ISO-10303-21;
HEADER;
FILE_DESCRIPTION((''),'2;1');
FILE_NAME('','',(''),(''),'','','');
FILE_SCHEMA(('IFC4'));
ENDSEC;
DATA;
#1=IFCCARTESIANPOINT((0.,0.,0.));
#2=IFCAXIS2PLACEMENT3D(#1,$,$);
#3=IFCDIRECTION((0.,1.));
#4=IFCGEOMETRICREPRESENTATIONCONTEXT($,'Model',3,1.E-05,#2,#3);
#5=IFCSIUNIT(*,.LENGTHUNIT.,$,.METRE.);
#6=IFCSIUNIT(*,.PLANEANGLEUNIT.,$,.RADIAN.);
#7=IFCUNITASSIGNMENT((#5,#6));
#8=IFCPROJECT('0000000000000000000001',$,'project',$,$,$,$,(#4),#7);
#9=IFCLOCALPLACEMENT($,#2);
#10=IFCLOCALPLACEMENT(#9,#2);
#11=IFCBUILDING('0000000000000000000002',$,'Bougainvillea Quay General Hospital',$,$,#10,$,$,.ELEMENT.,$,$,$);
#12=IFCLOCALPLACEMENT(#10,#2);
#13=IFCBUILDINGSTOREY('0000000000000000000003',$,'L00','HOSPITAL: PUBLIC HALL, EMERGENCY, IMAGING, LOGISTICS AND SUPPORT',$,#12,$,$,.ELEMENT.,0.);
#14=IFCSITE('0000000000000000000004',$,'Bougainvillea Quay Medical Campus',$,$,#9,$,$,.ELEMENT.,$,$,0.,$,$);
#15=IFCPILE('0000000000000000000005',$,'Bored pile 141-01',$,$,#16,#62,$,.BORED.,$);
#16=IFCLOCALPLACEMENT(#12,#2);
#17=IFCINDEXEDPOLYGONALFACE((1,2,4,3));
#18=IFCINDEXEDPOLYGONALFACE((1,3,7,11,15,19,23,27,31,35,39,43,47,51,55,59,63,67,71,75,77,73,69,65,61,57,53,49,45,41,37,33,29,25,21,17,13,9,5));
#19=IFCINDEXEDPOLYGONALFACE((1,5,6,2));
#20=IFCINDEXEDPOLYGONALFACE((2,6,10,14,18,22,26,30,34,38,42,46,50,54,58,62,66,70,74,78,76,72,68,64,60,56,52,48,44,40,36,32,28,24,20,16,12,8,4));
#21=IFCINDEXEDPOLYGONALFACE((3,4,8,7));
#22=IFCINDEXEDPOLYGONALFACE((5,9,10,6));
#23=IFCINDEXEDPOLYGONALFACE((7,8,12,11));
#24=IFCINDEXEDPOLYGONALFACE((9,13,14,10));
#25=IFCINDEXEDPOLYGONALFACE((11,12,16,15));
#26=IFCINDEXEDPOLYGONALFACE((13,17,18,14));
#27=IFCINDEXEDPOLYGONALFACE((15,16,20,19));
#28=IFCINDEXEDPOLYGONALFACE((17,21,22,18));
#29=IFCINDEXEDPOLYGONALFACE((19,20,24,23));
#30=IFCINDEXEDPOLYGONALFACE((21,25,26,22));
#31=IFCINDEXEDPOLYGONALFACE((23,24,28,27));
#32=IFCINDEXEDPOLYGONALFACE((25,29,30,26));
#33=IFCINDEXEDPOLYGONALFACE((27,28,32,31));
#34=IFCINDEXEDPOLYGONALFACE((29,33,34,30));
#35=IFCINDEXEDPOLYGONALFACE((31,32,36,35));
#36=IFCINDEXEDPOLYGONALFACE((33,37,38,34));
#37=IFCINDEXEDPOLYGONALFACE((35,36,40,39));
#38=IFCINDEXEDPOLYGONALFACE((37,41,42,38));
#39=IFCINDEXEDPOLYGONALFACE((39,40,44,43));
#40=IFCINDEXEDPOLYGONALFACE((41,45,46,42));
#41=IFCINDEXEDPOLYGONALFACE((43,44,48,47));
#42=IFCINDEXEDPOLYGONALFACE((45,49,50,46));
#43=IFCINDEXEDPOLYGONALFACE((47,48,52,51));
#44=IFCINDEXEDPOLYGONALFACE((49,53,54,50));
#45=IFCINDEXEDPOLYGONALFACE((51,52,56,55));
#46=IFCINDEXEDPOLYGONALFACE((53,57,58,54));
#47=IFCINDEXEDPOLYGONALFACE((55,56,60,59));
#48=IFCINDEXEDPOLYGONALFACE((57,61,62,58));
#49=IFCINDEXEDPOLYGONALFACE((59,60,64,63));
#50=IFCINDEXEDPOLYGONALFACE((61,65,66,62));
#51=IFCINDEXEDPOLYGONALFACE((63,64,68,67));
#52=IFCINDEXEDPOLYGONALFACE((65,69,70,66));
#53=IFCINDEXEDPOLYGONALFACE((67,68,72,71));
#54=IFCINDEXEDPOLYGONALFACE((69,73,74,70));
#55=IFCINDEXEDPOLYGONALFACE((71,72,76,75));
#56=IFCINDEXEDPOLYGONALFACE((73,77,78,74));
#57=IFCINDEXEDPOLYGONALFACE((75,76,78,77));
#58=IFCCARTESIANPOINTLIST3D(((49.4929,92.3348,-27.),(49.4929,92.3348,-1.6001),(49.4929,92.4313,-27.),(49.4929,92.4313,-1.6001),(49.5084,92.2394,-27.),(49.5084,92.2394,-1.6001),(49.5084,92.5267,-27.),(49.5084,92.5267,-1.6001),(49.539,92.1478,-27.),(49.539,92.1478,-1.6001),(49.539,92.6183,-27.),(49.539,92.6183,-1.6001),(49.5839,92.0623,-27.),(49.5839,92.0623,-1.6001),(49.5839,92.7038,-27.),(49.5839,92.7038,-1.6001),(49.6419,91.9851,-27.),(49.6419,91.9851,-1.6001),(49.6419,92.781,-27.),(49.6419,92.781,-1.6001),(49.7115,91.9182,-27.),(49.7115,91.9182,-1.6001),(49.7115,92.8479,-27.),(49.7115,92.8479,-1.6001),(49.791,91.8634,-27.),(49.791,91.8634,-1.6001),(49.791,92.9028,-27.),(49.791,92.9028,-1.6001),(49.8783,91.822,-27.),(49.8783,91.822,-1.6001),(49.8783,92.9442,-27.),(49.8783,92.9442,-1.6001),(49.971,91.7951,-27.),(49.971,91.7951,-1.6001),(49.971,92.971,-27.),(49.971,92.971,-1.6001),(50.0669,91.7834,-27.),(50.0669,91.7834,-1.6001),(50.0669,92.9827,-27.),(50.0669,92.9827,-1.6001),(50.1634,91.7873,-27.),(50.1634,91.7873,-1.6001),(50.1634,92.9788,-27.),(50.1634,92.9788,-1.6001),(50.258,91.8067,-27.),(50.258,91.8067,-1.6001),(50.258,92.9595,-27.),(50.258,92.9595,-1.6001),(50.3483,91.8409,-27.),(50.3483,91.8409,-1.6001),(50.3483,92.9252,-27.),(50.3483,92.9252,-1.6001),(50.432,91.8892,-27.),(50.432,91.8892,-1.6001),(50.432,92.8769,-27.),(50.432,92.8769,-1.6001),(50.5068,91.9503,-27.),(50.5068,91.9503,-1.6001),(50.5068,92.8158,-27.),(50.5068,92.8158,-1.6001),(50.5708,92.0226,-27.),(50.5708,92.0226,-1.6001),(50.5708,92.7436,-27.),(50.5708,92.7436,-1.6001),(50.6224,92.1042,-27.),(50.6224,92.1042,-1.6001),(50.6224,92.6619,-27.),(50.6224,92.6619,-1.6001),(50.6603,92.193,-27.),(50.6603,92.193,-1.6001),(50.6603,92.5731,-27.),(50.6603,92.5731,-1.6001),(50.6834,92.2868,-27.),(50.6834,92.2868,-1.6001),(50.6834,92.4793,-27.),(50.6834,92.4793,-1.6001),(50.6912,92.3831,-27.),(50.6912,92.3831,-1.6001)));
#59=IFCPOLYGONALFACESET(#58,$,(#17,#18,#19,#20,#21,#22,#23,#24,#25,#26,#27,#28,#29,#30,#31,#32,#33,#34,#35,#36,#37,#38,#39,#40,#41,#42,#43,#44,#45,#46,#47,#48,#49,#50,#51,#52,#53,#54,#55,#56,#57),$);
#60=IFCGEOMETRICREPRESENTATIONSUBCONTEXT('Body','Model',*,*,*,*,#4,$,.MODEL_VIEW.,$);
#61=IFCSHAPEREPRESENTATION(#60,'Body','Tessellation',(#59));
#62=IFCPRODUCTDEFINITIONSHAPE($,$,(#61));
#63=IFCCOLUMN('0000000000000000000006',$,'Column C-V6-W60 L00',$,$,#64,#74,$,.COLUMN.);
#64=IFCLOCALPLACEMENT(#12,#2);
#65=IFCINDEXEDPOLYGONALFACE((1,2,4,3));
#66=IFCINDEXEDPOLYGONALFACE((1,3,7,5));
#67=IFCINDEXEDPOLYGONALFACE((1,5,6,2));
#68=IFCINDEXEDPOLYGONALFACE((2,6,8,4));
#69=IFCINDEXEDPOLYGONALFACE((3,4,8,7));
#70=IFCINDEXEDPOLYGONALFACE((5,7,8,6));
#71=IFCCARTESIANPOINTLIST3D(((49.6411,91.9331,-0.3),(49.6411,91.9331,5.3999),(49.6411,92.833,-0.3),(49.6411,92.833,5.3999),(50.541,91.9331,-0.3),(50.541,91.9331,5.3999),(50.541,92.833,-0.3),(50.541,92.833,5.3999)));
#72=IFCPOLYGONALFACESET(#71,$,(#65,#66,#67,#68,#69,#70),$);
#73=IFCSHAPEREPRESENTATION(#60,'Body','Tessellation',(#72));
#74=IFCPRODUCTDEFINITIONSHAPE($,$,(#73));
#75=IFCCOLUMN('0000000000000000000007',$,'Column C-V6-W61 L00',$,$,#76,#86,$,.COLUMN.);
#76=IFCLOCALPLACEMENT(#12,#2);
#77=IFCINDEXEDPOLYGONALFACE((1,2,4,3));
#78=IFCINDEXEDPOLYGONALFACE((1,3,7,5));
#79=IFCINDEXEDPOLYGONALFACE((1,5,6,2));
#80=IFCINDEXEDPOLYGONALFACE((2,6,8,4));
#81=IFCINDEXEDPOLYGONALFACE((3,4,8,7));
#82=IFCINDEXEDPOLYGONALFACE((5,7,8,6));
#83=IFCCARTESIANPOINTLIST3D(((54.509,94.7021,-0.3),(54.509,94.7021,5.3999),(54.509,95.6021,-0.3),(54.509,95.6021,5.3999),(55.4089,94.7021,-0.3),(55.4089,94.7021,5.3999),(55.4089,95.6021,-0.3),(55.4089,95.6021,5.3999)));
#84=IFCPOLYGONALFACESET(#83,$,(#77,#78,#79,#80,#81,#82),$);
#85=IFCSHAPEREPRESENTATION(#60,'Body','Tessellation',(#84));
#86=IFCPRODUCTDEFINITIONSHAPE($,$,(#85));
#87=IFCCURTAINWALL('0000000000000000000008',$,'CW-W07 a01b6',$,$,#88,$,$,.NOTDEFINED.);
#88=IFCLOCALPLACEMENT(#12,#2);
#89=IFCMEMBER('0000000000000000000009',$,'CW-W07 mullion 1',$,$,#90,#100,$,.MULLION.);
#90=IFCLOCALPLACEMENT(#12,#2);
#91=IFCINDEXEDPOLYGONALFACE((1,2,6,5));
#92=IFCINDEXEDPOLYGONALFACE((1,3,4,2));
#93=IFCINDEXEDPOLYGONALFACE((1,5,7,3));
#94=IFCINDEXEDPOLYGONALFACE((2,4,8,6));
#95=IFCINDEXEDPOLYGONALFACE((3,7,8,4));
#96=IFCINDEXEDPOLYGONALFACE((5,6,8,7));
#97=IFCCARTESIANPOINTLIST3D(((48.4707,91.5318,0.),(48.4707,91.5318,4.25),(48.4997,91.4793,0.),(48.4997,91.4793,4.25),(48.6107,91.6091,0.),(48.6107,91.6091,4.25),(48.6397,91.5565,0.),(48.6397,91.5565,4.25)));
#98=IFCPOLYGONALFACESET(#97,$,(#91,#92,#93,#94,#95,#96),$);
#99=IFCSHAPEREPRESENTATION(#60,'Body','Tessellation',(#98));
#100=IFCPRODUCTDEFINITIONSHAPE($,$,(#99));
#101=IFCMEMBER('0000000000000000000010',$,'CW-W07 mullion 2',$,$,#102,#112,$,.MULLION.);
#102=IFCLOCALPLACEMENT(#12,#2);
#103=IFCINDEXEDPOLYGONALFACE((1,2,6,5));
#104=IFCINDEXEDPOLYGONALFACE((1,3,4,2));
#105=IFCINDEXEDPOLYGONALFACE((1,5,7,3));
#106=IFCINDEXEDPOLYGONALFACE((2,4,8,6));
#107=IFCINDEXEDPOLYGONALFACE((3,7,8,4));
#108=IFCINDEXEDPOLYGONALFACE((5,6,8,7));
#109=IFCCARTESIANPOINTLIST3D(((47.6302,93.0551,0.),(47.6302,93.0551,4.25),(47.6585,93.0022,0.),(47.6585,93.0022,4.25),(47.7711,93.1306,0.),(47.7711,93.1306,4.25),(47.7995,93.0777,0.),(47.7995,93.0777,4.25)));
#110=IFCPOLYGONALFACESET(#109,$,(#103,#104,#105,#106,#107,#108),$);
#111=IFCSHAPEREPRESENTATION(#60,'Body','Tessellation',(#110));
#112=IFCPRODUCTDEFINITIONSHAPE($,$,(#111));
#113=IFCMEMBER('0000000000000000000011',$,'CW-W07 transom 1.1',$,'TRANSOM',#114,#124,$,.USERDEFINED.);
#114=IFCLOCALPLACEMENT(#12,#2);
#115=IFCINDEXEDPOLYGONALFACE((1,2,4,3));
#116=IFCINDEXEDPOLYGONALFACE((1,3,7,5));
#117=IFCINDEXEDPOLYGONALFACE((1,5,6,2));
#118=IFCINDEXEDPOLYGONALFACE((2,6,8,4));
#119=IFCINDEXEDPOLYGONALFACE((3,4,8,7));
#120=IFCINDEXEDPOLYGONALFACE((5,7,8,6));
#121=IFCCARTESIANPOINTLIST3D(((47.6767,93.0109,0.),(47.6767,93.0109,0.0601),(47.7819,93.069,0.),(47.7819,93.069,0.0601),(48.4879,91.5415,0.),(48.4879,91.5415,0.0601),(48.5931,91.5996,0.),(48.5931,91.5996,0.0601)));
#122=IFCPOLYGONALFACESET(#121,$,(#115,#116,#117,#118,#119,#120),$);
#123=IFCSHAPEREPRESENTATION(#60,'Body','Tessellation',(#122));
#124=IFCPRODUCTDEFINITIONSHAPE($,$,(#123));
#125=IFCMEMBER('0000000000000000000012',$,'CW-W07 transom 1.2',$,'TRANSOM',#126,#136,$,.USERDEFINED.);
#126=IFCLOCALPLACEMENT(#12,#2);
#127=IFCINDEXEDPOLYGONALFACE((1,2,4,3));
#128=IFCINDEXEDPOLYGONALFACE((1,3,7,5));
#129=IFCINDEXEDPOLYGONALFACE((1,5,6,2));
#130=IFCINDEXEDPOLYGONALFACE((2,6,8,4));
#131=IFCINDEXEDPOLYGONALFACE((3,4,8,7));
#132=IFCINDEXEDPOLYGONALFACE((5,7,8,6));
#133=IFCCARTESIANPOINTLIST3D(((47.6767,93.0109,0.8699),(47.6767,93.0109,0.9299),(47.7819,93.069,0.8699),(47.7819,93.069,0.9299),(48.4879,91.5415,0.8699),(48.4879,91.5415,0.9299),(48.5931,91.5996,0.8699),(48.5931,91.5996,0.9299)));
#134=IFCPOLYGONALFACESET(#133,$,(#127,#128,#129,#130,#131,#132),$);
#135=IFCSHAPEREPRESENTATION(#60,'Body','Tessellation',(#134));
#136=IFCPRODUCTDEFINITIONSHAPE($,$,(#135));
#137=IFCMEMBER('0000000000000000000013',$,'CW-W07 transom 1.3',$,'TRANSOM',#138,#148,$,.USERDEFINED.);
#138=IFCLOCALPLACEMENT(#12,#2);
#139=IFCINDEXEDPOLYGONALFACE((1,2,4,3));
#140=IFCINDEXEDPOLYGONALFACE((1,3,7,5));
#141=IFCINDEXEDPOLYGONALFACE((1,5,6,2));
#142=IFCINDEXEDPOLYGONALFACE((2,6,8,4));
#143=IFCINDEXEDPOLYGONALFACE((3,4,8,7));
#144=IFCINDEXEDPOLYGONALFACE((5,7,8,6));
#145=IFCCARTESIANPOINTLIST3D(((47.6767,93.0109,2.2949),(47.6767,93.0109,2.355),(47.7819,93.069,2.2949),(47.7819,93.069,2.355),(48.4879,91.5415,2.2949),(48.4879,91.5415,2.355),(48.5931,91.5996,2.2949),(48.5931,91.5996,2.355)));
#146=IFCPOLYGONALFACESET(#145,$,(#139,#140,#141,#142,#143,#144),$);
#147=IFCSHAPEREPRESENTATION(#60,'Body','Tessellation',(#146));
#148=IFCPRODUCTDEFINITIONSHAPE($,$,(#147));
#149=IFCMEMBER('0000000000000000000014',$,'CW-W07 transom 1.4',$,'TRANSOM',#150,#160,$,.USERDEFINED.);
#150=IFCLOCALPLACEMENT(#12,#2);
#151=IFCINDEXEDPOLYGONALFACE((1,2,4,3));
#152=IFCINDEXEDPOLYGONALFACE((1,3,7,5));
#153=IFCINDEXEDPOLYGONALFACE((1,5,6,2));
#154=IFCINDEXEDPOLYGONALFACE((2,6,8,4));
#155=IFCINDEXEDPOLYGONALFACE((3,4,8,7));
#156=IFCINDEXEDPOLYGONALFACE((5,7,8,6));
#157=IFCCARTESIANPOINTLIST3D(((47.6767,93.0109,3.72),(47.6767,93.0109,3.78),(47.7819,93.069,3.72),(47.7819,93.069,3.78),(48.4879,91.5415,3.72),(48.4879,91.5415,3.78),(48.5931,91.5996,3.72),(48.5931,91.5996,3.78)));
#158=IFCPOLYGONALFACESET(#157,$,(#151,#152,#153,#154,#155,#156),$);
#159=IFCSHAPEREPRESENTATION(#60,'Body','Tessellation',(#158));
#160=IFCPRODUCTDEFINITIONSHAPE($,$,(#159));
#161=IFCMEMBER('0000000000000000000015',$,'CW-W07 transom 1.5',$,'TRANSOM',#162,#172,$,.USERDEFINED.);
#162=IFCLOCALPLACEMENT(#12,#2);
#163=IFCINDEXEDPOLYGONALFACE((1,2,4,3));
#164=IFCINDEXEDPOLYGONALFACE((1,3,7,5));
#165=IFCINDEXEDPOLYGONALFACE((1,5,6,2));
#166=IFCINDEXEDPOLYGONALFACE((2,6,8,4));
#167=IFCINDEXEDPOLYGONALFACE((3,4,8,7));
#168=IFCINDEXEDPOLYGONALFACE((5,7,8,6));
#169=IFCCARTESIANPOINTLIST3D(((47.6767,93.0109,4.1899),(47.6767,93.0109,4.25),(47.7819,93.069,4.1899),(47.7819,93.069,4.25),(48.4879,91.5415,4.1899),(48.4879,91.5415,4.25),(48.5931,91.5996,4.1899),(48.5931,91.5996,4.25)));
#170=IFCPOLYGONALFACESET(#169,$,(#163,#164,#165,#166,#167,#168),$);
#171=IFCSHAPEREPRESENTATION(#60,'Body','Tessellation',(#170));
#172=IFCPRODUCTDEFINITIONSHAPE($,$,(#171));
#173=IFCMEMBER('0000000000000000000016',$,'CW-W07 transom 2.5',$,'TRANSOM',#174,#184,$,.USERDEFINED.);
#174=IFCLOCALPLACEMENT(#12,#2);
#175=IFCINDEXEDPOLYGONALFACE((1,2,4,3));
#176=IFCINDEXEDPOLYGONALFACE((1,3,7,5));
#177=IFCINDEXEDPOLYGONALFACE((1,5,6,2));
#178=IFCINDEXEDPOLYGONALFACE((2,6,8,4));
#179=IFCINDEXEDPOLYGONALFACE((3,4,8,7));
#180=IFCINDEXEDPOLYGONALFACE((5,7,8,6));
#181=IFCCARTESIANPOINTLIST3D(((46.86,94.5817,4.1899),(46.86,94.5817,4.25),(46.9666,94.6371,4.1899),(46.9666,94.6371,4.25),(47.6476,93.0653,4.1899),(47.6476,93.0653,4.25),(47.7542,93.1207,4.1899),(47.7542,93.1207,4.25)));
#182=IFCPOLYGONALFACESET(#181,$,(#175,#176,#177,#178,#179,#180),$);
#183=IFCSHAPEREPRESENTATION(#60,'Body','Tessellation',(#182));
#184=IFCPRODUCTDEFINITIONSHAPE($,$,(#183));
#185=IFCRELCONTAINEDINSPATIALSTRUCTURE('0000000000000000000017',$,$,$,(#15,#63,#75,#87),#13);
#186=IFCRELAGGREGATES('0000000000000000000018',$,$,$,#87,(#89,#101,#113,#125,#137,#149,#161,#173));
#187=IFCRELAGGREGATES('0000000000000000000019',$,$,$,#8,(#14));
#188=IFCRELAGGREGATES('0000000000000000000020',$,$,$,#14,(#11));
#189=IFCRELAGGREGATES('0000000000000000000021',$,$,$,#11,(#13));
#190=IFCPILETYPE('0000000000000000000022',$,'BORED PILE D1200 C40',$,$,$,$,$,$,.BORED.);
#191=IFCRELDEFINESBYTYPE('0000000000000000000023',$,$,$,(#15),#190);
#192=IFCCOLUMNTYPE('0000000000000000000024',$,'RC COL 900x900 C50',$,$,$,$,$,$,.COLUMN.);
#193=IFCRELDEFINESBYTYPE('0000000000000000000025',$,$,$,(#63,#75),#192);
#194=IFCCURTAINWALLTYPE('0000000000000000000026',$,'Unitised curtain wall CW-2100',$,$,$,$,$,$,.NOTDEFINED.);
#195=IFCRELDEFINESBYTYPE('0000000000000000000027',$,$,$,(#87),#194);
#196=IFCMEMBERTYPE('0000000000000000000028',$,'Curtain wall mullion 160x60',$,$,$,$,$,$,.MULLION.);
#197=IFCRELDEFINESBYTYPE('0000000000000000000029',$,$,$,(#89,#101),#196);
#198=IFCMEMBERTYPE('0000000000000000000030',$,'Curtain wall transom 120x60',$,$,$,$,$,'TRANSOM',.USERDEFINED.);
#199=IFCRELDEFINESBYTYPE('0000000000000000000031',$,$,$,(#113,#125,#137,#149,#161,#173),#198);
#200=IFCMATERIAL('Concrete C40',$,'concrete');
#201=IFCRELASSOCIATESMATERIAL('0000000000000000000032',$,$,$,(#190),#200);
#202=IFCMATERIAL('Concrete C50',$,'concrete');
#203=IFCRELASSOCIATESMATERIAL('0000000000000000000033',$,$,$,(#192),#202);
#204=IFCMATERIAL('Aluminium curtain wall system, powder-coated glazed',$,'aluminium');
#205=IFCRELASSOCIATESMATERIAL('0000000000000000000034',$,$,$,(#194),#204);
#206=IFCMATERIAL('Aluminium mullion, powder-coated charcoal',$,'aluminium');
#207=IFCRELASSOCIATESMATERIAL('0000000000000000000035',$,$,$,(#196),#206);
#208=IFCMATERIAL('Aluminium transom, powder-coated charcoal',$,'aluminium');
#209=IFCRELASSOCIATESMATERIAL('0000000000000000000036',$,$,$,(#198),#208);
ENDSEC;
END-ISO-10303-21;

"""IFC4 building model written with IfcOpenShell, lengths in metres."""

from ifc_helpers import new_model, si_unit, direction, frame, origin, origin_2d, place, context, subcontext, project, spatial, rectangle, circle, extrude, material, material_profile, profile_set, type_object, element, aggregate, save


model = new_model("IFC4")

# Units and contexts
model_context = context("Model", 3, precision=1e-05, world=origin(), true_north=direction((0.0, 1.0)))
body_context = subcontext(model_context, "Body", "Model", "MODEL_VIEW")
ifc_project = project(units=[si_unit("LENGTHUNIT", "METRE"), si_unit("PLANEANGLEUNIT", "RADIAN")], contexts=[model_context])

# Site, building, storey
site_placement = place(None, origin())
site = spatial("IfcSite", under=ifc_project, at=site_placement, Name="Bougainvillea Quay Medical Campus", CompositionType="ELEMENT", RefElevation=0.0)
building_placement = place(site_placement, origin())
building = spatial("IfcBuilding", under=site, at=building_placement, Name="Bougainvillea Quay General Hospital", CompositionType="ELEMENT")
storey_placement = place(building_placement, origin())
storey = spatial("IfcBuildingStorey", under=building, at=storey_placement, Name="L00", Description="HOSPITAL: PUBLIC HALL, EMERGENCY, IMAGING, LOGISTICS AND SUPPORT", CompositionType="ELEMENT", Elevation=0.0)

# Pile
ifc_material_1 = material(Name="Concrete C40", Category="concrete")
ifc_material_profile_1 = material_profile(ifc_material_1, circle(Radius=0.6001, at=origin_2d()))
ifc_profile_set_1 = profile_set([ifc_material_profile_1], Name="Concrete C40")
pile_type = type_object("IfcPileType", Name="BORED PILE D1200 C40", PredefinedType="BORED", material=ifc_profile_set_1)
pile_placement = place(storey_placement, frame((50.0911, 92.3831, -1.6001), z_axis=(0.0, 0.0, -1.0), x_axis=(1.0, 0.0, 0.0)))
element("IfcPile", 1, at=pile_placement, inside=storey, type_object=pile_type, Name="Bored pile 141-01", PredefinedType="BORED", context=body_context, shape_type="SweptSolid", body=[
    extrude(circle(Radius=0.6001, at=origin_2d()), origin(), (0.0, 0.0, 1.0), 25.3999),
])

# Columns
ifc_material_2 = material(Name="Concrete C50", Category="concrete")
ifc_material_profile_2 = material_profile(ifc_material_2, rectangle(XDim=0.8999, YDim=0.8999, at=origin_2d()))
ifc_profile_set_2 = profile_set([ifc_material_profile_2], Name="Concrete C50")
column_type = type_object("IfcColumnType", Name="RC COL 900x900 C50", PredefinedType="COLUMN", material=ifc_profile_set_2)
for number, where, z_axis, x_axis, name in (
    (2, (50.0911, 92.3831, -0.3), (0.0, 0.0, 1.0), (1.0, 0.0, 0.0), "Column C-V6-W60 L00"),
    (3, (54.959, 95.1521, -0.3), (0.0, 0.0, 1.0), (1.0, 0.0, 0.0), "Column C-V6-W61 L00"),
):
    element("IfcColumn", number, at=place(storey_placement, frame(where, z_axis=z_axis, x_axis=x_axis)), inside=storey, type_object=column_type, Name=name, PredefinedType="COLUMN", context=body_context, shape_type="SweptSolid", body=[
        extrude(rectangle(XDim=0.8999, YDim=0.8999, at=origin_2d()), origin(), (0.0, 0.0, 1.0), 5.7),
    ])

# Curtain wall, members
ifc_material_3 = material(Name="Aluminium curtain wall system, powder-coated glazed", Category="aluminium")
curtain_wall_type = type_object("IfcCurtainWallType", Name="Unitised curtain wall CW-2100", PredefinedType="NOTDEFINED", material=ifc_material_3)
curtain_wall_placement = place(storey_placement, origin())
curtain_wall = element("IfcCurtainWall", 4, at=curtain_wall_placement, inside=storey, type_object=curtain_wall_type, Name="CW-W07 a01b6", PredefinedType="NOTDEFINED")
ifc_material_4 = material(Name="Aluminium mullion, powder-coated charcoal", Category="aluminium")
ifc_material_profile_3 = material_profile(ifc_material_4, rectangle(XDim=0.1599, YDim=0.0601, at=origin_2d()))
ifc_profile_set_3 = profile_set([ifc_material_profile_3], Name="Aluminium mullion, powder-coated charcoal")
member_type_1 = type_object("IfcMemberType", Name="Curtain wall mullion 160x60", PredefinedType="MULLION", material=ifc_profile_set_3)
member_1_placement = place(storey_placement, frame((48.5552, 91.5442, 0.0), z_axis=(0.0, 0.0, 1.0), x_axis=(-0.875452, -0.483305, 0.0)))
member_1 = element("IfcMember", 5, at=member_1_placement, type_object=member_type_1, Name="CW-W07 mullion 1", PredefinedType="MULLION", context=body_context, shape_type="SweptSolid", body=[
    extrude(rectangle(XDim=0.1599, YDim=0.0601, at=origin_2d()), origin(), (0.0, 0.0, 1.0), 4.25),
])
member_2_placement = place(storey_placement, frame((47.7148, 93.0664, 0.0), z_axis=(0.0, 0.0, 1.0), x_axis=(-0.88151, -0.472166, 0.0)))
member_2 = element("IfcMember", 6, at=member_2_placement, type_object=member_type_1, Name="CW-W07 mullion 2", PredefinedType="MULLION", context=body_context, shape_type="SweptSolid", body=[
    extrude(rectangle(XDim=0.1599, YDim=0.0601, at=origin_2d()), origin(), (0.0, 0.0, 1.0), 4.25),
])
ifc_material_5 = material(Name="Aluminium transom, powder-coated charcoal", Category="aluminium")
ifc_material_profile_4 = material_profile(ifc_material_5, rectangle(XDim=0.1201, YDim=0.0601, at=origin_2d()))
ifc_profile_set_4 = profile_set([ifc_material_profile_4], Name="Aluminium transom, powder-coated charcoal")
member_type_2 = type_object("IfcMemberType", Name="Curtain wall transom 120x60", ElementType="TRANSOM", PredefinedType="USERDEFINED", material=ifc_profile_set_4)
member_3_placement = place(storey_placement, frame((48.5405, 91.5706, 0.03), z_axis=(-0.48332, 0.875444, 0.0), x_axis=(-0.875444, -0.48332, 0.0)))
member_3 = element("IfcMember", 7, at=member_3_placement, type_object=member_type_2, Name="CW-W07 transom 1.1", ObjectType="TRANSOM", PredefinedType="USERDEFINED", context=body_context, shape_type="SweptSolid", body=[
    extrude(rectangle(XDim=0.1201, YDim=0.0601, at=origin_2d()), origin(), (0.0, 0.0, 1.0), 1.6785),
])
member_4_placement = place(storey_placement, frame((48.5405, 91.5706, 0.8999), z_axis=(-0.48332, 0.875444, 0.0), x_axis=(-0.875444, -0.48332, 0.0)))
member_4 = element("IfcMember", 8, at=member_4_placement, type_object=member_type_2, Name="CW-W07 transom 1.2", ObjectType="TRANSOM", PredefinedType="USERDEFINED", context=body_context, shape_type="SweptSolid", body=[
    extrude(rectangle(XDim=0.1201, YDim=0.0601, at=origin_2d()), origin(), (0.0, 0.0, 1.0), 1.6785),
])
member_5_placement = place(storey_placement, frame((48.5405, 91.5706, 2.325), z_axis=(-0.48332, 0.875444, 0.0), x_axis=(-0.875444, -0.48332, 0.0)))
member_5 = element("IfcMember", 9, at=member_5_placement, type_object=member_type_2, Name="CW-W07 transom 1.3", ObjectType="TRANSOM", PredefinedType="USERDEFINED", context=body_context, shape_type="SweptSolid", body=[
    extrude(rectangle(XDim=0.1201, YDim=0.0601, at=origin_2d()), origin(), (0.0, 0.0, 1.0), 1.6785),
])
member_6_placement = place(storey_placement, frame((48.5405, 91.5706, 3.75), z_axis=(-0.48332, 0.875444, 0.0), x_axis=(-0.875444, -0.48332, 0.0)))
member_6 = element("IfcMember", 10, at=member_6_placement, type_object=member_type_2, Name="CW-W07 transom 1.4", ObjectType="TRANSOM", PredefinedType="USERDEFINED", context=body_context, shape_type="SweptSolid", body=[
    extrude(rectangle(XDim=0.1201, YDim=0.0601, at=origin_2d()), origin(), (0.0, 0.0, 1.0), 1.6785),
])
member_7_placement = place(storey_placement, frame((48.5405, 91.5706, 4.22), z_axis=(-0.48332, 0.875444, 0.0), x_axis=(-0.875444, -0.48332, 0.0)))
member_7 = element("IfcMember", 11, at=member_7_placement, type_object=member_type_2, Name="CW-W07 transom 1.5", ObjectType="TRANSOM", PredefinedType="USERDEFINED", context=body_context, shape_type="SweptSolid", body=[
    extrude(rectangle(XDim=0.1201, YDim=0.0601, at=origin_2d()), origin(), (0.0, 0.0, 1.0), 1.6785),
])
member_8_placement = place(storey_placement, frame((47.7009, 93.093, 4.22), z_axis=(-0.460934, 0.887434, 0.0), x_axis=(-0.887434, -0.460934, 0.0)))
member_8 = element("IfcMember", 12, at=member_8_placement, type_object=member_type_2, Name="CW-W07 transom 2.5", ObjectType="TRANSOM", PredefinedType="USERDEFINED", context=body_context, shape_type="SweptSolid", body=[
    extrude(rectangle(XDim=0.1201, YDim=0.0601, at=origin_2d()), origin(), (0.0, 0.0, 1.0), 1.7087),
])
aggregate(curtain_wall, [member_1, member_2, member_3, member_4, member_5, member_6, member_7, member_8])

save(model, "model.ifc")
